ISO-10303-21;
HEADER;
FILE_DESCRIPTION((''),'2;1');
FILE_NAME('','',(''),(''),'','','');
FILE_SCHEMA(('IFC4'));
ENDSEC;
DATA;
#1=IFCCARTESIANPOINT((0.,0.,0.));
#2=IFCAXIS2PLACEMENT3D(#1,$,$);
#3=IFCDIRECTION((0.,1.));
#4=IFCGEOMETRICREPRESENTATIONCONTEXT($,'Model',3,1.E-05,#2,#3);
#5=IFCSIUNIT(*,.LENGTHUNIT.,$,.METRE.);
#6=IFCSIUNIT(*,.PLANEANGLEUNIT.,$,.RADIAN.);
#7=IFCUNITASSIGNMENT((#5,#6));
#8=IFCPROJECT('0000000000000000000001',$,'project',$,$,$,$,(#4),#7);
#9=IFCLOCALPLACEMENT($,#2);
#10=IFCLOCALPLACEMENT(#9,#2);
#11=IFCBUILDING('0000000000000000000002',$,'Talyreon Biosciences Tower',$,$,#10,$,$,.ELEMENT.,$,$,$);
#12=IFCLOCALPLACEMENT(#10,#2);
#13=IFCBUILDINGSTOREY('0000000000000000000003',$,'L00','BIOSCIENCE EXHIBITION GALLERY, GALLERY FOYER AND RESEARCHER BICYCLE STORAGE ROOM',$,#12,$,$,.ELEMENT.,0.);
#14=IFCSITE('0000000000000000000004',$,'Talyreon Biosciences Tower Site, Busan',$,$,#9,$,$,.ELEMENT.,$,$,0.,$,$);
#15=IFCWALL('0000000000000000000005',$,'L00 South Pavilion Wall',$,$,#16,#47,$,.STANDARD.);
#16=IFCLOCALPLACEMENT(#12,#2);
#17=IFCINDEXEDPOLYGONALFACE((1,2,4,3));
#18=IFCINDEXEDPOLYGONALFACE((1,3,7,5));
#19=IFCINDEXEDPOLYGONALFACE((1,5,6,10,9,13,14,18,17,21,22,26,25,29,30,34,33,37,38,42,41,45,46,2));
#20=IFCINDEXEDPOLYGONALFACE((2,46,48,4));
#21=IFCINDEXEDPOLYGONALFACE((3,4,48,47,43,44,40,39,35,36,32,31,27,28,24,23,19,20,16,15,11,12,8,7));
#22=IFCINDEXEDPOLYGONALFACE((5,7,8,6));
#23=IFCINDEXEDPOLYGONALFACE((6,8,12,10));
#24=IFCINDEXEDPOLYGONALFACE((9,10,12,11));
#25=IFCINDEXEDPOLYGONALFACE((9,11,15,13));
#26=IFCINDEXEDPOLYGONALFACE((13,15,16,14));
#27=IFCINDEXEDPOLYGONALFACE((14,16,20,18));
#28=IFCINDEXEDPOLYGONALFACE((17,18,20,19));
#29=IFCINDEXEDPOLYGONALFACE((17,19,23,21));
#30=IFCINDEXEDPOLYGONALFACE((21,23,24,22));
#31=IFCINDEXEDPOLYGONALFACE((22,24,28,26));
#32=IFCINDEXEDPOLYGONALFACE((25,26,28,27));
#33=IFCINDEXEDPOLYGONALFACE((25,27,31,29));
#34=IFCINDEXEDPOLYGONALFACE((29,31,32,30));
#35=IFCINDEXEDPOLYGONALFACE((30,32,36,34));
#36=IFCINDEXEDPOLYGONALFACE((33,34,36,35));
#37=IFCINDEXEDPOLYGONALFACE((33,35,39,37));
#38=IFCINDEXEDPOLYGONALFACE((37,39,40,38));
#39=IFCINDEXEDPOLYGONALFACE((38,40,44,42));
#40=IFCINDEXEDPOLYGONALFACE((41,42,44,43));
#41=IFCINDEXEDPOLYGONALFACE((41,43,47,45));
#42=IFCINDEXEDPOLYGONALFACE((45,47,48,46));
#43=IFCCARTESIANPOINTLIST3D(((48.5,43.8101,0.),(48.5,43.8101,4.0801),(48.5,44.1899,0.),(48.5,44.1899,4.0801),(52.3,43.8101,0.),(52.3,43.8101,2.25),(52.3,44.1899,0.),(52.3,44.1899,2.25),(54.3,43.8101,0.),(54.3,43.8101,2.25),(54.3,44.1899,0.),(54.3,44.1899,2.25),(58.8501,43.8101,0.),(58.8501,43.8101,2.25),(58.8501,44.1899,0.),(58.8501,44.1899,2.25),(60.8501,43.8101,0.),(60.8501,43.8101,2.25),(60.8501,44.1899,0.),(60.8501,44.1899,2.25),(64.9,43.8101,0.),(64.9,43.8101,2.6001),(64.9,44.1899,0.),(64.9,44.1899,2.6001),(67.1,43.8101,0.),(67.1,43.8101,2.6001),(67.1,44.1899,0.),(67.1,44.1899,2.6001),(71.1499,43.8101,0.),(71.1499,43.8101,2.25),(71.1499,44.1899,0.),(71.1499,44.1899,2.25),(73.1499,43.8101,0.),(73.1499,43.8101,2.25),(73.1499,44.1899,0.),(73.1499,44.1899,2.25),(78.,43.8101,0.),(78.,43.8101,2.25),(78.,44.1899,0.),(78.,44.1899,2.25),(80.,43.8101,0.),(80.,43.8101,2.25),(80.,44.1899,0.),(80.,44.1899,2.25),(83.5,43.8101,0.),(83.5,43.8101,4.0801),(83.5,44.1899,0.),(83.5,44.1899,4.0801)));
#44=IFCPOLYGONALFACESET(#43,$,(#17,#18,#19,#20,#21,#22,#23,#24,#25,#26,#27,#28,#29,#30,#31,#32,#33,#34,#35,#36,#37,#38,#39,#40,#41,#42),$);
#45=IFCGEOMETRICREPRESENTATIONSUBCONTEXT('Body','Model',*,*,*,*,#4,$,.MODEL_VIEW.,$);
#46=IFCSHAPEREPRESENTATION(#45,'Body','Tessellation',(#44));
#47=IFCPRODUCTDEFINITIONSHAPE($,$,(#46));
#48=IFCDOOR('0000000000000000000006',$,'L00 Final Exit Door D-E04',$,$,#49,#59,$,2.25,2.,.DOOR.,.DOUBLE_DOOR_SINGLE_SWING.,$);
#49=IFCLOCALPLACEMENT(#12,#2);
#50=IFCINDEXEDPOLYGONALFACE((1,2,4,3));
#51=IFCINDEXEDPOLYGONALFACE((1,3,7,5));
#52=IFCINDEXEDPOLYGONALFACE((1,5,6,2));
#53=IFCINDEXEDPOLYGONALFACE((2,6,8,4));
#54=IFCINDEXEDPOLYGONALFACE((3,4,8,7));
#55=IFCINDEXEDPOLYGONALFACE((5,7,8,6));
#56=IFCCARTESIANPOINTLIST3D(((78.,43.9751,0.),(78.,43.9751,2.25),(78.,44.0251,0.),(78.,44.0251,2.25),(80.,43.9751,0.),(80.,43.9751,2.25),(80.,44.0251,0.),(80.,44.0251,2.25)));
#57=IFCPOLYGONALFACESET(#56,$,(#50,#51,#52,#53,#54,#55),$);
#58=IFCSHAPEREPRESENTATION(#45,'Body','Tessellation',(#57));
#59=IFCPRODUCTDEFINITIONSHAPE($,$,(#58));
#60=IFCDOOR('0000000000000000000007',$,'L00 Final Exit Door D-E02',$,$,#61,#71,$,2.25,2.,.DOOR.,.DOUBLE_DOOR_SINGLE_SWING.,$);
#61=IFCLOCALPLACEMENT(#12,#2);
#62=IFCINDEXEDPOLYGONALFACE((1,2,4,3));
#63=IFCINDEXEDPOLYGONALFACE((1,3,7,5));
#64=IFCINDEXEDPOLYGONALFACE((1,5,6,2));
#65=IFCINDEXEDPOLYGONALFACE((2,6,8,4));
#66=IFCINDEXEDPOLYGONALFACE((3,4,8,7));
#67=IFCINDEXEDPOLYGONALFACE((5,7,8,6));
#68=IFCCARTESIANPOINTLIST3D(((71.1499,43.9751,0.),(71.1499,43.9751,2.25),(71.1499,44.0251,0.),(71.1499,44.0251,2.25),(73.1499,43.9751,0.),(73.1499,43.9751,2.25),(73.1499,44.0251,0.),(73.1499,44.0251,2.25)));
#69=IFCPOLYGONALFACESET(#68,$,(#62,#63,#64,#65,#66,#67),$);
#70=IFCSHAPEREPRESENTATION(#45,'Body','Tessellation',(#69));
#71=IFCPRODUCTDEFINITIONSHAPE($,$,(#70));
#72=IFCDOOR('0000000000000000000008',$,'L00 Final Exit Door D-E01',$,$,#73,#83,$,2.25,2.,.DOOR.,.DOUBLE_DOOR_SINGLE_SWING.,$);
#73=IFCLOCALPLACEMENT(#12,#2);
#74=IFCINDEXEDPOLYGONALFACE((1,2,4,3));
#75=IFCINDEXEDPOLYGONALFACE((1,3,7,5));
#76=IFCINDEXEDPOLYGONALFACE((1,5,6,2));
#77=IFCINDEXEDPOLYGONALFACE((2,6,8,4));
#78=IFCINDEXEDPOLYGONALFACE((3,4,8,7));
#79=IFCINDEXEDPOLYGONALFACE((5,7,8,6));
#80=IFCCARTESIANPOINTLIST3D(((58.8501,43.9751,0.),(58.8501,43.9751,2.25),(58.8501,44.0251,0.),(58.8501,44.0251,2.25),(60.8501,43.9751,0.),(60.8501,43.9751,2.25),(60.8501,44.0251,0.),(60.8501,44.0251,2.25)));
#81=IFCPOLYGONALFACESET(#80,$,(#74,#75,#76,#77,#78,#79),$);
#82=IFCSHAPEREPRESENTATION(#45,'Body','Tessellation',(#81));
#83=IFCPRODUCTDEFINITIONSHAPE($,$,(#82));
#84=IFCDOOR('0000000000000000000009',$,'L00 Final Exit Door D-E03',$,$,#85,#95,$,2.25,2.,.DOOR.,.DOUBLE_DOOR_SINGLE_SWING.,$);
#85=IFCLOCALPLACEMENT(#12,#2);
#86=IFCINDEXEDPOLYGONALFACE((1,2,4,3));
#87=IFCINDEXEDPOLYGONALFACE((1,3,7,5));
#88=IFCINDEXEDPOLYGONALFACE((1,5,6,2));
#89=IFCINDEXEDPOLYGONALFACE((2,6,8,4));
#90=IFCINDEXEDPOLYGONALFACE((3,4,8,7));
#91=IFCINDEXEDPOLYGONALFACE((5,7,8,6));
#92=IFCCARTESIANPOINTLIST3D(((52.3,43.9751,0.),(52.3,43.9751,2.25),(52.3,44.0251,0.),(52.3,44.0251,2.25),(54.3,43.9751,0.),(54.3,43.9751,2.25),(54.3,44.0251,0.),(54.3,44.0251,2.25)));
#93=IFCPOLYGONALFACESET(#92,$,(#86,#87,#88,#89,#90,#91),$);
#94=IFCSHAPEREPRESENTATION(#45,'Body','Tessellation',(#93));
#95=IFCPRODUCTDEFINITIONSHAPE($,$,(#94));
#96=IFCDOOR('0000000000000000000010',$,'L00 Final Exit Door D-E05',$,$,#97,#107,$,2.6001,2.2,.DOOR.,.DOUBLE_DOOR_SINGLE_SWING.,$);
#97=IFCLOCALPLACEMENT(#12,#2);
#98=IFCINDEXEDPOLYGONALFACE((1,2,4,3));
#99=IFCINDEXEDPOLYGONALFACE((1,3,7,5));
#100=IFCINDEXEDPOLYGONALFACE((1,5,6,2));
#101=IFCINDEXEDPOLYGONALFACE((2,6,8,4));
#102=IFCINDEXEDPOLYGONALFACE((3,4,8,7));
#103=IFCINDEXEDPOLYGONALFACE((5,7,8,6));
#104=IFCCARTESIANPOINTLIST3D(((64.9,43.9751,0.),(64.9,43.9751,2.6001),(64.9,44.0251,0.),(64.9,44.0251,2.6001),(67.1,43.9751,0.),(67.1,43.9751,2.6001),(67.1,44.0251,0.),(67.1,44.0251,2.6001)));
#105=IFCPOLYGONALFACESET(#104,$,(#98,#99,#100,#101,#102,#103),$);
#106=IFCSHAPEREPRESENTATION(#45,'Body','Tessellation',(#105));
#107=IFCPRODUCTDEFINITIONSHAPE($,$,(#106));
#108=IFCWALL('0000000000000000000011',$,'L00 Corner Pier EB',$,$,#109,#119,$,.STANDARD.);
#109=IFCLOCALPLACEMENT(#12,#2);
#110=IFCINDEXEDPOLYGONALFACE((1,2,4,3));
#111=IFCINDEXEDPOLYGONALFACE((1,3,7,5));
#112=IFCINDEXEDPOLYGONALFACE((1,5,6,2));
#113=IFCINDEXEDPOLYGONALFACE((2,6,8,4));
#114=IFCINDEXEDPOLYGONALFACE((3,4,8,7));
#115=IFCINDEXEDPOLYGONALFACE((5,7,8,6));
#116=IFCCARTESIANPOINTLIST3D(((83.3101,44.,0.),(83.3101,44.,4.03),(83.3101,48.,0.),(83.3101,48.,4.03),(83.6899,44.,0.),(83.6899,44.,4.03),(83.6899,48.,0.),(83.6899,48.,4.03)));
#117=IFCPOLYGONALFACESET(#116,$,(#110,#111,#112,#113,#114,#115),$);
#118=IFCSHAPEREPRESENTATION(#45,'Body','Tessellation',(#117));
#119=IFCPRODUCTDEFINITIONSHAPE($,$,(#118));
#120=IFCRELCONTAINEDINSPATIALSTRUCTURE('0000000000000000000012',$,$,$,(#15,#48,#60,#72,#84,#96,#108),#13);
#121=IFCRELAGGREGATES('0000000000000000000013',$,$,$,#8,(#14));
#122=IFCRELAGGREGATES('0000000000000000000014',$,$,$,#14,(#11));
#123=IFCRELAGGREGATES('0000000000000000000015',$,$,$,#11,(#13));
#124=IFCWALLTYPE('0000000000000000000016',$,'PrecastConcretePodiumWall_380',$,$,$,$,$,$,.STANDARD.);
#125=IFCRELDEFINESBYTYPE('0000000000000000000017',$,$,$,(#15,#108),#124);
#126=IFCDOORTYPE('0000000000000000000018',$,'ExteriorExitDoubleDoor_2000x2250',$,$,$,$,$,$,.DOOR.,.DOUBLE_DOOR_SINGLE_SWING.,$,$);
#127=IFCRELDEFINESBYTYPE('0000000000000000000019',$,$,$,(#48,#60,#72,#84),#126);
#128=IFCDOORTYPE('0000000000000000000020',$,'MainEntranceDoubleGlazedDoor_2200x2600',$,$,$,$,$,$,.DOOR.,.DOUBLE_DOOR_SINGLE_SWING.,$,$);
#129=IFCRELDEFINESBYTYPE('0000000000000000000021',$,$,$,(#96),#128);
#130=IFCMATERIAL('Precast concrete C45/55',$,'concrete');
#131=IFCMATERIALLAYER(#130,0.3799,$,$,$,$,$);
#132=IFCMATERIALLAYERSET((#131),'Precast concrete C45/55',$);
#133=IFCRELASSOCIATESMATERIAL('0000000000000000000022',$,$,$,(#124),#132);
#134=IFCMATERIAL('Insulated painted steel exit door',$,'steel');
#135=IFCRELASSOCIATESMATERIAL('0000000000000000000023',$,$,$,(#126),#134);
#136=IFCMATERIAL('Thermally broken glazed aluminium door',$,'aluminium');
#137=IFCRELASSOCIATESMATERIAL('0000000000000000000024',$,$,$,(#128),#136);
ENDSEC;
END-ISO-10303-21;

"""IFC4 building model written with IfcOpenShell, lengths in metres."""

from ifc_helpers import new_model, si_unit, direction, frame, frame_2d, origin, place, context, subcontext, project, spatial, rectangle, extrude, material, layer, layer_set, type_object, element, fill, save


model = new_model("IFC4")

# Units and contexts
model_context = context("Model", 3, precision=1e-05, world=origin(), true_north=direction((0.0, 1.0)))
body_context = subcontext(model_context, "Body", "Model", "MODEL_VIEW")
ifc_project = project(units=[si_unit("LENGTHUNIT", "METRE"), si_unit("PLANEANGLEUNIT", "RADIAN")], contexts=[model_context])

# Site, building, storey
site_placement = place(None, origin())
site = spatial("IfcSite", under=ifc_project, at=site_placement, Name="Talyreon Biosciences Tower Site, Busan", CompositionType="ELEMENT", RefElevation=0.0)
building_placement = place(site_placement, origin())
building = spatial("IfcBuilding", under=site, at=building_placement, Name="Talyreon Biosciences Tower", CompositionType="ELEMENT")
storey_placement = place(building_placement, origin())
storey = spatial("IfcBuildingStorey", under=building, at=storey_placement, Name="L00", Description="BIOSCIENCE EXHIBITION GALLERY, GALLERY FOYER AND RESEARCHER BICYCLE STORAGE ROOM", CompositionType="ELEMENT", Elevation=0.0)

# Wall, openings, doors
ifc_material_1 = material(Name="Precast concrete C45/55", Category="concrete")
ifc_layer_1 = layer(ifc_material_1, 0.3799)
ifc_layer_set_1 = layer_set([ifc_layer_1], Name="Precast concrete C45/55")
wall_type = type_object("IfcWallType", Name="PrecastConcretePodiumWall_380", PredefinedType="STANDARD", material=ifc_layer_set_1)
wall_1_placement = place(storey_placement, frame((83.5, 44.0, 0.0), z_axis=(0.0, 0.0, 1.0), x_axis=(-1.0, 0.0, 0.0)))
wall_1 = element("IfcWall", 1, at=wall_1_placement, inside=storey, type_object=wall_type, Name="L00 South Pavilion Wall", PredefinedType="STANDARD", context=body_context, shape_type="SweptSolid", body=[
    extrude(rectangle(XDim=35.0, YDim=0.3799, at=frame_2d((17.5, 0.0))), origin(), (0.0, 0.0, 1.0), 4.0801),
])
opening_1_placement = place(wall_1_placement, frame((3.5, 0.0, 0.0)))
opening_1 = element("IfcOpeningElement", 2, at=opening_1_placement, cuts=wall_1, PredefinedType="OPENING", context=body_context, shape_type="SweptSolid", body=[
    extrude(rectangle(XDim=2.0, YDim=2.25, at=frame_2d((1.0, 1.125))), frame((0.0, 0.2, 0.0), z_axis=(0.0, -1.0, 0.0), x_axis=(1.0, 0.0, 0.0)), (0.0, 0.0, 1.0), 0.3999),
])
opening_2_placement = place(wall_1_placement, frame((10.3501, 0.0, 0.0)))
opening_2 = element("IfcOpeningElement", 3, at=opening_2_placement, cuts=wall_1, PredefinedType="OPENING", context=body_context, shape_type="SweptSolid", body=[
    extrude(rectangle(XDim=2.0, YDim=2.25, at=frame_2d((1.0, 1.125))), frame((0.0, 0.2, 0.0), z_axis=(0.0, -1.0, 0.0), x_axis=(1.0, 0.0, 0.0)), (0.0, 0.0, 1.0), 0.3999),
])
opening_3_placement = place(wall_1_placement, frame((16.3999, 0.0, 0.0)))
opening_3 = element("IfcOpeningElement", 4, at=opening_3_placement, cuts=wall_1, PredefinedType="OPENING", context=body_context, shape_type="SweptSolid", body=[
    extrude(rectangle(XDim=2.2, YDim=2.6001, at=frame_2d((1.1001, 1.3))), frame((0.0, 0.2, 0.0), z_axis=(0.0, -1.0, 0.0), x_axis=(1.0, 0.0, 0.0)), (0.0, 0.0, 1.0), 0.3999),
])
opening_4_placement = place(wall_1_placement, frame((22.6499, 0.0, 0.0)))
opening_4 = element("IfcOpeningElement", 5, at=opening_4_placement, cuts=wall_1, PredefinedType="OPENING", context=body_context, shape_type="SweptSolid", body=[
    extrude(rectangle(XDim=2.0, YDim=2.25, at=frame_2d((1.0, 1.125))), frame((0.0, 0.2, 0.0), z_axis=(0.0, -1.0, 0.0), x_axis=(1.0, 0.0, 0.0)), (0.0, 0.0, 1.0), 0.3999),
])
opening_5_placement = place(wall_1_placement, frame((29.2, 0.0, 0.0)))
opening_5 = element("IfcOpeningElement", 6, at=opening_5_placement, cuts=wall_1, PredefinedType="OPENING", context=body_context, shape_type="SweptSolid", body=[
    extrude(rectangle(XDim=2.0, YDim=2.25, at=frame_2d((1.0, 1.125))), frame((0.0, 0.2, 0.0), z_axis=(0.0, -1.0, 0.0), x_axis=(1.0, 0.0, 0.0)), (0.0, 0.0, 1.0), 0.3999),
])
ifc_material_2 = material(Name="Insulated painted steel exit door", Category="steel")
door_type_1 = type_object("IfcDoorType", Name="ExteriorExitDoubleDoor_2000x2250", OperationType="DOUBLE_DOOR_SINGLE_SWING", PredefinedType="DOOR", material=ifc_material_2)
door_1_placement = place(opening_1_placement, origin())
door_1 = element("IfcDoor", 7, at=door_1_placement, inside=storey, type_object=door_type_1, Name="L00 Final Exit Door D-E04", OperationType="DOUBLE_DOOR_SINGLE_SWING", OverallHeight=2.25, OverallWidth=2.0, PredefinedType="DOOR", context=body_context, shape_type="SweptSolid", body=[
    extrude(rectangle(XDim=2.0, YDim=2.25, at=frame_2d((1.0, 1.125))), frame((0.0, 0.0249, 0.0), z_axis=(0.0, -1.0, 0.0), x_axis=(1.0, 0.0, 0.0)), (0.0, 0.0, 1.0), 0.05),
])
fill(opening_1, door_1)
door_2_placement = place(opening_2_placement, origin())
door_2 = element("IfcDoor", 8, at=door_2_placement, inside=storey, type_object=door_type_1, Name="L00 Final Exit Door D-E02", OperationType="DOUBLE_DOOR_SINGLE_SWING", OverallHeight=2.25, OverallWidth=2.0, PredefinedType="DOOR", context=body_context, shape_type="SweptSolid", body=[
    extrude(rectangle(XDim=2.0, YDim=2.25, at=frame_2d((1.0, 1.125))), frame((0.0, 0.0249, 0.0), z_axis=(0.0, -1.0, 0.0), x_axis=(1.0, 0.0, 0.0)), (0.0, 0.0, 1.0), 0.05),
])
fill(opening_2, door_2)
door_3_placement = place(opening_4_placement, origin())
door_3 = element("IfcDoor", 9, at=door_3_placement, inside=storey, type_object=door_type_1, Name="L00 Final Exit Door D-E01", OperationType="DOUBLE_DOOR_SINGLE_SWING", OverallHeight=2.25, OverallWidth=2.0, PredefinedType="DOOR", context=body_context, shape_type="SweptSolid", body=[
    extrude(rectangle(XDim=2.0, YDim=2.25, at=frame_2d((1.0, 1.125))), frame((0.0, 0.0249, 0.0), z_axis=(0.0, -1.0, 0.0), x_axis=(1.0, 0.0, 0.0)), (0.0, 0.0, 1.0), 0.05),
])
fill(opening_4, door_3)
door_4_placement = place(opening_5_placement, origin())
door_4 = element("IfcDoor", 10, at=door_4_placement, inside=storey, type_object=door_type_1, Name="L00 Final Exit Door D-E03", OperationType="DOUBLE_DOOR_SINGLE_SWING", OverallHeight=2.25, OverallWidth=2.0, PredefinedType="DOOR", context=body_context, shape_type="SweptSolid", body=[
    extrude(rectangle(XDim=2.0, YDim=2.25, at=frame_2d((1.0, 1.125))), frame((0.0, 0.0249, 0.0), z_axis=(0.0, -1.0, 0.0), x_axis=(1.0, 0.0, 0.0)), (0.0, 0.0, 1.0), 0.05),
])
fill(opening_5, door_4)
ifc_material_3 = material(Name="Thermally broken glazed aluminium door", Category="aluminium")
door_type_2 = type_object("IfcDoorType", Name="MainEntranceDoubleGlazedDoor_2200x2600", OperationType="DOUBLE_DOOR_SINGLE_SWING", PredefinedType="DOOR", material=ifc_material_3)
door_5_placement = place(opening_3_placement, origin())
door_5 = element("IfcDoor", 11, at=door_5_placement, inside=storey, type_object=door_type_2, Name="L00 Final Exit Door D-E05", OperationType="DOUBLE_DOOR_SINGLE_SWING", OverallHeight=2.6001, OverallWidth=2.2, PredefinedType="DOOR", context=body_context, shape_type="SweptSolid", body=[
    extrude(rectangle(XDim=2.2, YDim=2.6001, at=frame_2d((1.1001, 1.3))), frame((0.0, 0.0249, 0.0), z_axis=(0.0, -1.0, 0.0), x_axis=(1.0, 0.0, 0.0)), (0.0, 0.0, 1.0), 0.05),
])
fill(opening_3, door_5)

# Wall
wall_2_placement = place(storey_placement, frame((83.5, 48.0, 0.0), z_axis=(0.0, 0.0, 1.0), x_axis=(0.0, -1.0, 0.0)))
element("IfcWall", 12, at=wall_2_placement, inside=storey, type_object=wall_type, Name="L00 Corner Pier EB", PredefinedType="STANDARD", context=body_context, shape_type="SweptSolid", body=[
    extrude(rectangle(XDim=4.0, YDim=0.3799, at=frame_2d((2.0, 0.0))), origin(), (0.0, 0.0, 1.0), 4.03),
])

save(model, "model.ifc")
